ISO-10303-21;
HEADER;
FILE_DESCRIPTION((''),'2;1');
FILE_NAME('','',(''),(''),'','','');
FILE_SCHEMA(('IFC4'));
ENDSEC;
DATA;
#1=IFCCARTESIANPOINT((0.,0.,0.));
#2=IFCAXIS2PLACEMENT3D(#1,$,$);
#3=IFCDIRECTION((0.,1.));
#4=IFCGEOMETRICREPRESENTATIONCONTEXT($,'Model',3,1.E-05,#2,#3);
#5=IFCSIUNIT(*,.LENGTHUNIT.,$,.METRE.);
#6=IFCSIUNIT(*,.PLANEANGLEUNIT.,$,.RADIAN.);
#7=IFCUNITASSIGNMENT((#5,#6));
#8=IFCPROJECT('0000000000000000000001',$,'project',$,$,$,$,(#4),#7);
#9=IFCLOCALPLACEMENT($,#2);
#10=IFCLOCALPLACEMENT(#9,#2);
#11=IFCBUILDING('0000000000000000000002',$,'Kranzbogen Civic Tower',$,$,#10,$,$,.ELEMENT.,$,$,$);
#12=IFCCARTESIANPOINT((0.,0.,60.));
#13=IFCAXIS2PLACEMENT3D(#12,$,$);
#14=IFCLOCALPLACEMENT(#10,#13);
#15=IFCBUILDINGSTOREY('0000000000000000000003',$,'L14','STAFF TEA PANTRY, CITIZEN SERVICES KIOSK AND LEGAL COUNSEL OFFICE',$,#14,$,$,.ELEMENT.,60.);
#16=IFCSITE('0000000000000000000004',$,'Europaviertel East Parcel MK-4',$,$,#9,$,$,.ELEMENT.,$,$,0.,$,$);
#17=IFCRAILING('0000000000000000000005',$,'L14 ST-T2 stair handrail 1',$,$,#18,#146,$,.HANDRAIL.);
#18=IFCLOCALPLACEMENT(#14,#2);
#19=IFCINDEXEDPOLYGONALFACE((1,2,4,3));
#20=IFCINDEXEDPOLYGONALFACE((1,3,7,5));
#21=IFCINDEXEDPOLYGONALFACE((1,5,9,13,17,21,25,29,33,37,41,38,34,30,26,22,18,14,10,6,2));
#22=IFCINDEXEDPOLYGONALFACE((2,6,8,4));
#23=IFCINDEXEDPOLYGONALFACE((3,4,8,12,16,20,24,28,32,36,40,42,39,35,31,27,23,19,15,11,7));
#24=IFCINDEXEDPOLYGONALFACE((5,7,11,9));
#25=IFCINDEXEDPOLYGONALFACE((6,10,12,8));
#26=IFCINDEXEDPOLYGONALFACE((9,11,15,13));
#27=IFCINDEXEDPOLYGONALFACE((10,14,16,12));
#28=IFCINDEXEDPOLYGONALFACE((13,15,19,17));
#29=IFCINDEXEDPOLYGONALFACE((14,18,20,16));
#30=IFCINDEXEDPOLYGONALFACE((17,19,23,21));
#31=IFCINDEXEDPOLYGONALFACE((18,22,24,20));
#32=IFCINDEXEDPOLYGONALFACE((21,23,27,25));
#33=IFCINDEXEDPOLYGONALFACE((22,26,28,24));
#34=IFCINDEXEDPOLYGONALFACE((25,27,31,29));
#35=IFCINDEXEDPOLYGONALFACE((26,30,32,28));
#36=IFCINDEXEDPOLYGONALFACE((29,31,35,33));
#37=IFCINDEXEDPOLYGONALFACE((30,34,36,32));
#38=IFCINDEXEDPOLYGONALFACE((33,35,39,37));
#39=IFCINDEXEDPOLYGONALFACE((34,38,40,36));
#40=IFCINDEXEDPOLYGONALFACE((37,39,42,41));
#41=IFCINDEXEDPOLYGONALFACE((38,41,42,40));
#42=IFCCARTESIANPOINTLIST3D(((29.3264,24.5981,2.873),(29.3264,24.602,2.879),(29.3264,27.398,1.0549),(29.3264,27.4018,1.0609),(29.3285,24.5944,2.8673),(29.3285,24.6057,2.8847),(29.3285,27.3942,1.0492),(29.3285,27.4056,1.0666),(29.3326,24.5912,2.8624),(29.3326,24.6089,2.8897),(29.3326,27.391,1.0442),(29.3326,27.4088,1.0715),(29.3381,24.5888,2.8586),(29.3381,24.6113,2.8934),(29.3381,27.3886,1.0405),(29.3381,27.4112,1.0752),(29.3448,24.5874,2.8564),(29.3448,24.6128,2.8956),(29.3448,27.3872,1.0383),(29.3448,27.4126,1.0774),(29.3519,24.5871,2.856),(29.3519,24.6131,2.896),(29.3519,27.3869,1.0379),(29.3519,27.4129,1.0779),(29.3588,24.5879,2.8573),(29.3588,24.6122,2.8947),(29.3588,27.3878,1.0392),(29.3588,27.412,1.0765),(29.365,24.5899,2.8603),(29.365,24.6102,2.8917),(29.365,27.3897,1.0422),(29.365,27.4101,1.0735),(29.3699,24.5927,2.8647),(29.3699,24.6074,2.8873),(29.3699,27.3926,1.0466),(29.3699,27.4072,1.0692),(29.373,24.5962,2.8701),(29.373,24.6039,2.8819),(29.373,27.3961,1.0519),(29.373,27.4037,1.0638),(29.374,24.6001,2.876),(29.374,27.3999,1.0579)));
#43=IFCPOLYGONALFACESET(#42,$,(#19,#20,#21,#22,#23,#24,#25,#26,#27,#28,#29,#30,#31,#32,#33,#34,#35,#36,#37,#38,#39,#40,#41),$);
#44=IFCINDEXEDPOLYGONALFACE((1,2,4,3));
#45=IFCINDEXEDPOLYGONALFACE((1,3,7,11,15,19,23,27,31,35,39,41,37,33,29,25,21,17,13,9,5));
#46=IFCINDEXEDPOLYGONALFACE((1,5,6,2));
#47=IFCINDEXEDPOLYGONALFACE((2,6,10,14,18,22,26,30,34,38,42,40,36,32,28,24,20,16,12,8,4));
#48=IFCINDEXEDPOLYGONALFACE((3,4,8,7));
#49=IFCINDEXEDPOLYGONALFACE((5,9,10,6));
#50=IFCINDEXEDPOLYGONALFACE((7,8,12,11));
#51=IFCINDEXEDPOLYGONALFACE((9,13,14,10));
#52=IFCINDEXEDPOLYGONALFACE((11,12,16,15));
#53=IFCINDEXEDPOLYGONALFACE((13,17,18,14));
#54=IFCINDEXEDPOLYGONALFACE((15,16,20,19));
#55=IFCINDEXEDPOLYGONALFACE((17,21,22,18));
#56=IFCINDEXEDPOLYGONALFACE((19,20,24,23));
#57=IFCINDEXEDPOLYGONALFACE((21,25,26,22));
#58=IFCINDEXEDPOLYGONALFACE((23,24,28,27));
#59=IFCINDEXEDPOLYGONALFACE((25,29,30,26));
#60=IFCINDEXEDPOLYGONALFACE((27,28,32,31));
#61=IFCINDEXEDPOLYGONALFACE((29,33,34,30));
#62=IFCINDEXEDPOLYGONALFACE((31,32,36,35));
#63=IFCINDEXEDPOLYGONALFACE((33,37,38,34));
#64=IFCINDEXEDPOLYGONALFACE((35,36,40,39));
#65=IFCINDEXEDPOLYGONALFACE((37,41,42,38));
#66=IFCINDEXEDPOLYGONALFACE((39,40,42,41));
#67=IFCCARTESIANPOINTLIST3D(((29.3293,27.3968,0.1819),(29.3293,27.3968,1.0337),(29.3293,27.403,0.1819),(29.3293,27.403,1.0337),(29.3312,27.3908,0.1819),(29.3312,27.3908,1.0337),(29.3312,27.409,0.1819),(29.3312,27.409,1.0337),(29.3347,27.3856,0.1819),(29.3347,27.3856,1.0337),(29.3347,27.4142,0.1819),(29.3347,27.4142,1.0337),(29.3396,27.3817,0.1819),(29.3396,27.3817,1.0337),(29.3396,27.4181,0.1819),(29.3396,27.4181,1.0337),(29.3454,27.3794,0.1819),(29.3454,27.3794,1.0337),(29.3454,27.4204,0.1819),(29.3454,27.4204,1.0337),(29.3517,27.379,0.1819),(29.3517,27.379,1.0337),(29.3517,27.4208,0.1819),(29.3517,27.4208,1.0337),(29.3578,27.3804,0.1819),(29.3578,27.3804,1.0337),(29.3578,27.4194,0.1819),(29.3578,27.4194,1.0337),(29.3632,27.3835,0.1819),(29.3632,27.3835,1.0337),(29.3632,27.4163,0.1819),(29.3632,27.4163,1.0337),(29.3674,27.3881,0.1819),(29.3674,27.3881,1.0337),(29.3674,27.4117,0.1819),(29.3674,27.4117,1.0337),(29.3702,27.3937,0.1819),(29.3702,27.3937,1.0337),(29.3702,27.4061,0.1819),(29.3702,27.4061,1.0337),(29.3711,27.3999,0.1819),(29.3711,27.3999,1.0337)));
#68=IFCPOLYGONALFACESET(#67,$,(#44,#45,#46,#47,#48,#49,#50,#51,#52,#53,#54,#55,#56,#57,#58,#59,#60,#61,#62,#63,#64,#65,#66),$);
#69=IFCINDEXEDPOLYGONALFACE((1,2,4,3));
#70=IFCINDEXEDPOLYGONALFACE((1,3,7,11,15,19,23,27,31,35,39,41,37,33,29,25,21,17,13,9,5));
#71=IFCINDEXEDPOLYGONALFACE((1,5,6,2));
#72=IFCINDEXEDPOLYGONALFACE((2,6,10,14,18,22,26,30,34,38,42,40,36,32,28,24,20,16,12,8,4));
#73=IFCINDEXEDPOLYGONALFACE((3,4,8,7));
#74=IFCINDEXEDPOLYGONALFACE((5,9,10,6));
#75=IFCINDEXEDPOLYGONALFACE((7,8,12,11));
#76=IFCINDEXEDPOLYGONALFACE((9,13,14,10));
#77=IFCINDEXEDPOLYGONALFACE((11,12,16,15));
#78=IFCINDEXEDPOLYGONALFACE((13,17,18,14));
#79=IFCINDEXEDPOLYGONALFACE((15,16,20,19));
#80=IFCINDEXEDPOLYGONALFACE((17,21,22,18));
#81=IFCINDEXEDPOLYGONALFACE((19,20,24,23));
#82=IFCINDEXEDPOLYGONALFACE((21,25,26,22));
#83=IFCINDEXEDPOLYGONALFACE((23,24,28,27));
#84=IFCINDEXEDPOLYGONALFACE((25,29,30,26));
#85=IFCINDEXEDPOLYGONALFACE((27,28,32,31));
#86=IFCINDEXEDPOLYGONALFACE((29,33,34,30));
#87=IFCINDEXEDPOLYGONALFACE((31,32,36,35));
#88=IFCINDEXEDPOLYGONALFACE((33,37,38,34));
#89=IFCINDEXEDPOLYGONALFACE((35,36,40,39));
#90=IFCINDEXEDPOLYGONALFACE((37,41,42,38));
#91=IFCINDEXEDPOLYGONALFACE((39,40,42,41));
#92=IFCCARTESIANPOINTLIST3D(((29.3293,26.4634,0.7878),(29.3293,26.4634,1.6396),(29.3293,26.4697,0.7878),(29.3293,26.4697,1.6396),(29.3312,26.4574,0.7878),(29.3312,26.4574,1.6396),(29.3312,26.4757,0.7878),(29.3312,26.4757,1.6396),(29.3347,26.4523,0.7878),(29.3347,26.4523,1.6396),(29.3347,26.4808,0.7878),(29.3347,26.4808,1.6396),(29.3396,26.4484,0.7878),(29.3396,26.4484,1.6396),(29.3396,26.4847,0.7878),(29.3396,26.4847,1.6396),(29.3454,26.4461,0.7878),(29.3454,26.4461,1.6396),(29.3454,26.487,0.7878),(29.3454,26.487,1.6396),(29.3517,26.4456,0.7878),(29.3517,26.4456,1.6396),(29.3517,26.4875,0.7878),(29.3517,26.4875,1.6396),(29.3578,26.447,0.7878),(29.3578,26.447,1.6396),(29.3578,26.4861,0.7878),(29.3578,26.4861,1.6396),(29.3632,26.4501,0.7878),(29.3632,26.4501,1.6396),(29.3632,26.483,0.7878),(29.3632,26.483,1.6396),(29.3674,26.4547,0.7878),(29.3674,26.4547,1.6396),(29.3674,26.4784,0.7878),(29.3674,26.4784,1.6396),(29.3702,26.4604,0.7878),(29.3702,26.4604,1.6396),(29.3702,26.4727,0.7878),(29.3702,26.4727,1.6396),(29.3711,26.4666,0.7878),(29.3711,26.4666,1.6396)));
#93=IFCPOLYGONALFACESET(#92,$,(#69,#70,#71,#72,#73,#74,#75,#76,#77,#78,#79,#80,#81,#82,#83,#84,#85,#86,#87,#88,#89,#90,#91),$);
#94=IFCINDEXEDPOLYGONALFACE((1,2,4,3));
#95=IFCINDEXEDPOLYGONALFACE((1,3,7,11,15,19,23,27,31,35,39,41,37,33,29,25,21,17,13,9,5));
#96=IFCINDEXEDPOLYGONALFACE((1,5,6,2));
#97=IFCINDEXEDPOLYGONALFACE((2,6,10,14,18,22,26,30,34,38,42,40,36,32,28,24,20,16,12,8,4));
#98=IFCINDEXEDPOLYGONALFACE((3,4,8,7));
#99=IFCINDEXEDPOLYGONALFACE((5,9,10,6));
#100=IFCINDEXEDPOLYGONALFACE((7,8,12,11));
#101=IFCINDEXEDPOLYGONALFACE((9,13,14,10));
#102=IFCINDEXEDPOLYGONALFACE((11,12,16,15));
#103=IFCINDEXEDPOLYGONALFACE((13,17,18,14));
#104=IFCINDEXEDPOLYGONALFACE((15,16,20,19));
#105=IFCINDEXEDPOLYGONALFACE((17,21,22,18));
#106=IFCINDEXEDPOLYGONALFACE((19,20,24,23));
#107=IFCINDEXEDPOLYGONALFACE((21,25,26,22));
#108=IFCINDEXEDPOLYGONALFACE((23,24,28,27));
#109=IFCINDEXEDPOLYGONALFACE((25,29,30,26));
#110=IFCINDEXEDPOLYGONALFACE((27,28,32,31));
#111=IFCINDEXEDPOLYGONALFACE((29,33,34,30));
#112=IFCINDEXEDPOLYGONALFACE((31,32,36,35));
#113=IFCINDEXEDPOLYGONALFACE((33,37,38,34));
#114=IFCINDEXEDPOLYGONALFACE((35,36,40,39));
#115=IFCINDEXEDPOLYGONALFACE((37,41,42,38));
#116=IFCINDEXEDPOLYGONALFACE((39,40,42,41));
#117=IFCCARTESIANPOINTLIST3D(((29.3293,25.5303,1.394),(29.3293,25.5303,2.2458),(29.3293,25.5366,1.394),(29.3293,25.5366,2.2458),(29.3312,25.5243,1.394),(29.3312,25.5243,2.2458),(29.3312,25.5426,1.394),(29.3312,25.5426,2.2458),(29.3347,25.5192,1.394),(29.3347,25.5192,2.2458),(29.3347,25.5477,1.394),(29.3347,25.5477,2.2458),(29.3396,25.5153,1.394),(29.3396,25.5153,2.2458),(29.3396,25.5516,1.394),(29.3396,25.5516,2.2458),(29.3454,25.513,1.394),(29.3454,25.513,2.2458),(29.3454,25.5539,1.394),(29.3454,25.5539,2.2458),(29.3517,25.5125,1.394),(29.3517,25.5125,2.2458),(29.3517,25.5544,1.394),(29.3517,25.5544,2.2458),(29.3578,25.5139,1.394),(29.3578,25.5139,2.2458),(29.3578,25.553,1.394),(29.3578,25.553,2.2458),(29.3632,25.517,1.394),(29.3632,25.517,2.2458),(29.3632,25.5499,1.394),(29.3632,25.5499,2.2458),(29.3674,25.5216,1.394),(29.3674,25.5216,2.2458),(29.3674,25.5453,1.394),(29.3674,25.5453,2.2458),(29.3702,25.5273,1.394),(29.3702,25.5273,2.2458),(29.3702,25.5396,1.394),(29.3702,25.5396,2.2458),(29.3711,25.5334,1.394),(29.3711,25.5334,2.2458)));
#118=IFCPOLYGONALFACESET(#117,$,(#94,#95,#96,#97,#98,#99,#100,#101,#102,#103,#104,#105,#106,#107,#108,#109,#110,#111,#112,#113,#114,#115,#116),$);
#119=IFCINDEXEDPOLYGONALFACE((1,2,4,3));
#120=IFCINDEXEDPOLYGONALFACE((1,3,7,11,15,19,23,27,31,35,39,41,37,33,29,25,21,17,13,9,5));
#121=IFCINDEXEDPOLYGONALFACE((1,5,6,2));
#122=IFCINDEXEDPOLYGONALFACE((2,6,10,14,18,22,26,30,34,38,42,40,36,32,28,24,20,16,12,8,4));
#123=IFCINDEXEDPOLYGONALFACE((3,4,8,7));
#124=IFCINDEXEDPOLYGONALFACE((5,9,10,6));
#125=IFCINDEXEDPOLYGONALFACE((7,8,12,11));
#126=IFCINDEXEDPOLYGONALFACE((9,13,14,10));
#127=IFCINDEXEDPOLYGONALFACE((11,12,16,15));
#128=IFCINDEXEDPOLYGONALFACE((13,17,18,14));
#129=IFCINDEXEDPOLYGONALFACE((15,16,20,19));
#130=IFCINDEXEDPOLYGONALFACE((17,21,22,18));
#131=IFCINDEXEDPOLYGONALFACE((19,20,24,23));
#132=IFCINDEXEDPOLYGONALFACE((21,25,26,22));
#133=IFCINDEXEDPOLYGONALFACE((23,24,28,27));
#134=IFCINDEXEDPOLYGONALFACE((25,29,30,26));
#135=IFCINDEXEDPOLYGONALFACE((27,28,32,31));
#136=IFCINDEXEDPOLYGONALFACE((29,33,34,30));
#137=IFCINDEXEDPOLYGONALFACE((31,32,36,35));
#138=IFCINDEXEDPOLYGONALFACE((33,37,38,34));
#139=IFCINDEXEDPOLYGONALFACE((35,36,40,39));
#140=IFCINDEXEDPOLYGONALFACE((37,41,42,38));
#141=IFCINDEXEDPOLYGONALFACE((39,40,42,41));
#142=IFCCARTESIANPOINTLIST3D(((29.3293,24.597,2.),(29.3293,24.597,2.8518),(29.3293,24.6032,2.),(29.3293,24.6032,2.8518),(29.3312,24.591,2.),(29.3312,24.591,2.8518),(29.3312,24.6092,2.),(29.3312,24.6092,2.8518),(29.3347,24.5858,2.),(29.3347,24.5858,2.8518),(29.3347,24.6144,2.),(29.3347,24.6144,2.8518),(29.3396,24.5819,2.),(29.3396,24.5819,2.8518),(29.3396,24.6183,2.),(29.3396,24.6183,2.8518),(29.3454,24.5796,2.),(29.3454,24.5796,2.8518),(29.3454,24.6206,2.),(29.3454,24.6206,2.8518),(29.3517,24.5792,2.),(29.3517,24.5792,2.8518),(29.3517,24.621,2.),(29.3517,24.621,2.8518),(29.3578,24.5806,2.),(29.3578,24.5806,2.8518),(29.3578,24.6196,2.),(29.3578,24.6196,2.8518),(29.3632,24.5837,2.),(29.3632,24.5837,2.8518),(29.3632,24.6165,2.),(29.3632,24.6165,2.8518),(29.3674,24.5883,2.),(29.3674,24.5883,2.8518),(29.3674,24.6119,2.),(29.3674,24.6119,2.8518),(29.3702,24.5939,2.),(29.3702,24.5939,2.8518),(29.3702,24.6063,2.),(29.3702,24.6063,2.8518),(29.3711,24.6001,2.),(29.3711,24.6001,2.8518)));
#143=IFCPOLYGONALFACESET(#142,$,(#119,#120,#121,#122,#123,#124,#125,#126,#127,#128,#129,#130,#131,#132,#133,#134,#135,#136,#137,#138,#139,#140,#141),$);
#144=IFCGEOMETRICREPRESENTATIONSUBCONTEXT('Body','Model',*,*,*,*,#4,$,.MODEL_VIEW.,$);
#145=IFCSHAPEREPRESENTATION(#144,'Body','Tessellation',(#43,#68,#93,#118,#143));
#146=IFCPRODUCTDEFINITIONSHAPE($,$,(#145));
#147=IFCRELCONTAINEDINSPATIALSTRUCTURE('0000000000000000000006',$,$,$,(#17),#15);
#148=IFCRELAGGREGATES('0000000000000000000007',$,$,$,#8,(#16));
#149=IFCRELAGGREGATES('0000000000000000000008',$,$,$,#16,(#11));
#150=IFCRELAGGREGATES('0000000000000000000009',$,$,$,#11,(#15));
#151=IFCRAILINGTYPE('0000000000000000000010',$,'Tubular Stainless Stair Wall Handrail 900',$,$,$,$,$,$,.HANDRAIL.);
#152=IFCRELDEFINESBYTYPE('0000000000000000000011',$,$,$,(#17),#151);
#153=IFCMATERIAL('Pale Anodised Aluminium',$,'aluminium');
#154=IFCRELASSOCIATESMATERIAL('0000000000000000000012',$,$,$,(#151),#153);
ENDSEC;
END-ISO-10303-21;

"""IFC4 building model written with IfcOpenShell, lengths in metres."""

from ifc_helpers import new_model, si_unit, direction, frame, origin, origin_2d, place, context, subcontext, project, spatial, circle, extrude, material, type_object, element, save


model = new_model("IFC4")

# Units and contexts
model_context = context("Model", 3, precision=1e-05, world=origin(), true_north=direction((0.0, 1.0)))
body_context = subcontext(model_context, "Body", "Model", "MODEL_VIEW")
ifc_project = project(units=[si_unit("LENGTHUNIT", "METRE"), si_unit("PLANEANGLEUNIT", "RADIAN")], contexts=[model_context])

# Site, building, storey
site_placement = place(None, origin())
site = spatial("IfcSite", under=ifc_project, at=site_placement, Name="Europaviertel East Parcel MK-4", CompositionType="ELEMENT", RefElevation=0.0)
building_placement = place(site_placement, origin())
building = spatial("IfcBuilding", under=site, at=building_placement, Name="Kranzbogen Civic Tower", CompositionType="ELEMENT")
storey_placement = place(building_placement, frame((0.0, 0.0, 60.0)))
storey = spatial("IfcBuildingStorey", under=building, at=storey_placement, Name="L14", Description="STAFF TEA PANTRY, CITIZEN SERVICES KIOSK AND LEGAL COUNSEL OFFICE", CompositionType="ELEMENT", Elevation=60.0)

# Shared definitions
ifc_material_1 = material(Name="Pale Anodised Aluminium", Category="aluminium")

# Railing
railing_type_1 = type_object("IfcRailingType", Name="Tubular Stainless Stair Wall Handrail 900", PredefinedType="HANDRAIL", material=ifc_material_1)
railing_1_placement = place(storey_placement, frame((29.3501, 27.3999, 0.1819)))
element("IfcRailing", 1, at=railing_1_placement, inside=storey, type_object=railing_type_1, Name="L14 ST-T2 stair handrail 1", PredefinedType="HANDRAIL", context=body_context, shape_type="SweptSolid", body=[
    extrude(circle(Radius=0.0239, at=origin_2d()), frame((0.0, 0.0, 0.876), z_axis=(0.0, -0.838684, 0.544618), x_axis=(1.0, 0.0, 0.0)), (0.0, 0.0, 1.0), 3.3384),
    extrude(circle(Radius=0.021, at=origin_2d()), origin(), (0.0, 0.0, 1.0), 0.8518),
    extrude(circle(Radius=0.021, at=origin_2d()), frame((0.0, -0.9333, 0.606)), (0.0, 0.0, 1.0), 0.8518),
    extrude(circle(Radius=0.021, at=origin_2d()), frame((0.0, -1.8665, 1.2122)), (0.0, 0.0, 1.0), 0.8518),
    extrude(circle(Radius=0.021, at=origin_2d()), frame((0.0, -2.7998, 1.8181)), (0.0, 0.0, 1.0), 0.8518),
])

save(model, "model.ifc")
